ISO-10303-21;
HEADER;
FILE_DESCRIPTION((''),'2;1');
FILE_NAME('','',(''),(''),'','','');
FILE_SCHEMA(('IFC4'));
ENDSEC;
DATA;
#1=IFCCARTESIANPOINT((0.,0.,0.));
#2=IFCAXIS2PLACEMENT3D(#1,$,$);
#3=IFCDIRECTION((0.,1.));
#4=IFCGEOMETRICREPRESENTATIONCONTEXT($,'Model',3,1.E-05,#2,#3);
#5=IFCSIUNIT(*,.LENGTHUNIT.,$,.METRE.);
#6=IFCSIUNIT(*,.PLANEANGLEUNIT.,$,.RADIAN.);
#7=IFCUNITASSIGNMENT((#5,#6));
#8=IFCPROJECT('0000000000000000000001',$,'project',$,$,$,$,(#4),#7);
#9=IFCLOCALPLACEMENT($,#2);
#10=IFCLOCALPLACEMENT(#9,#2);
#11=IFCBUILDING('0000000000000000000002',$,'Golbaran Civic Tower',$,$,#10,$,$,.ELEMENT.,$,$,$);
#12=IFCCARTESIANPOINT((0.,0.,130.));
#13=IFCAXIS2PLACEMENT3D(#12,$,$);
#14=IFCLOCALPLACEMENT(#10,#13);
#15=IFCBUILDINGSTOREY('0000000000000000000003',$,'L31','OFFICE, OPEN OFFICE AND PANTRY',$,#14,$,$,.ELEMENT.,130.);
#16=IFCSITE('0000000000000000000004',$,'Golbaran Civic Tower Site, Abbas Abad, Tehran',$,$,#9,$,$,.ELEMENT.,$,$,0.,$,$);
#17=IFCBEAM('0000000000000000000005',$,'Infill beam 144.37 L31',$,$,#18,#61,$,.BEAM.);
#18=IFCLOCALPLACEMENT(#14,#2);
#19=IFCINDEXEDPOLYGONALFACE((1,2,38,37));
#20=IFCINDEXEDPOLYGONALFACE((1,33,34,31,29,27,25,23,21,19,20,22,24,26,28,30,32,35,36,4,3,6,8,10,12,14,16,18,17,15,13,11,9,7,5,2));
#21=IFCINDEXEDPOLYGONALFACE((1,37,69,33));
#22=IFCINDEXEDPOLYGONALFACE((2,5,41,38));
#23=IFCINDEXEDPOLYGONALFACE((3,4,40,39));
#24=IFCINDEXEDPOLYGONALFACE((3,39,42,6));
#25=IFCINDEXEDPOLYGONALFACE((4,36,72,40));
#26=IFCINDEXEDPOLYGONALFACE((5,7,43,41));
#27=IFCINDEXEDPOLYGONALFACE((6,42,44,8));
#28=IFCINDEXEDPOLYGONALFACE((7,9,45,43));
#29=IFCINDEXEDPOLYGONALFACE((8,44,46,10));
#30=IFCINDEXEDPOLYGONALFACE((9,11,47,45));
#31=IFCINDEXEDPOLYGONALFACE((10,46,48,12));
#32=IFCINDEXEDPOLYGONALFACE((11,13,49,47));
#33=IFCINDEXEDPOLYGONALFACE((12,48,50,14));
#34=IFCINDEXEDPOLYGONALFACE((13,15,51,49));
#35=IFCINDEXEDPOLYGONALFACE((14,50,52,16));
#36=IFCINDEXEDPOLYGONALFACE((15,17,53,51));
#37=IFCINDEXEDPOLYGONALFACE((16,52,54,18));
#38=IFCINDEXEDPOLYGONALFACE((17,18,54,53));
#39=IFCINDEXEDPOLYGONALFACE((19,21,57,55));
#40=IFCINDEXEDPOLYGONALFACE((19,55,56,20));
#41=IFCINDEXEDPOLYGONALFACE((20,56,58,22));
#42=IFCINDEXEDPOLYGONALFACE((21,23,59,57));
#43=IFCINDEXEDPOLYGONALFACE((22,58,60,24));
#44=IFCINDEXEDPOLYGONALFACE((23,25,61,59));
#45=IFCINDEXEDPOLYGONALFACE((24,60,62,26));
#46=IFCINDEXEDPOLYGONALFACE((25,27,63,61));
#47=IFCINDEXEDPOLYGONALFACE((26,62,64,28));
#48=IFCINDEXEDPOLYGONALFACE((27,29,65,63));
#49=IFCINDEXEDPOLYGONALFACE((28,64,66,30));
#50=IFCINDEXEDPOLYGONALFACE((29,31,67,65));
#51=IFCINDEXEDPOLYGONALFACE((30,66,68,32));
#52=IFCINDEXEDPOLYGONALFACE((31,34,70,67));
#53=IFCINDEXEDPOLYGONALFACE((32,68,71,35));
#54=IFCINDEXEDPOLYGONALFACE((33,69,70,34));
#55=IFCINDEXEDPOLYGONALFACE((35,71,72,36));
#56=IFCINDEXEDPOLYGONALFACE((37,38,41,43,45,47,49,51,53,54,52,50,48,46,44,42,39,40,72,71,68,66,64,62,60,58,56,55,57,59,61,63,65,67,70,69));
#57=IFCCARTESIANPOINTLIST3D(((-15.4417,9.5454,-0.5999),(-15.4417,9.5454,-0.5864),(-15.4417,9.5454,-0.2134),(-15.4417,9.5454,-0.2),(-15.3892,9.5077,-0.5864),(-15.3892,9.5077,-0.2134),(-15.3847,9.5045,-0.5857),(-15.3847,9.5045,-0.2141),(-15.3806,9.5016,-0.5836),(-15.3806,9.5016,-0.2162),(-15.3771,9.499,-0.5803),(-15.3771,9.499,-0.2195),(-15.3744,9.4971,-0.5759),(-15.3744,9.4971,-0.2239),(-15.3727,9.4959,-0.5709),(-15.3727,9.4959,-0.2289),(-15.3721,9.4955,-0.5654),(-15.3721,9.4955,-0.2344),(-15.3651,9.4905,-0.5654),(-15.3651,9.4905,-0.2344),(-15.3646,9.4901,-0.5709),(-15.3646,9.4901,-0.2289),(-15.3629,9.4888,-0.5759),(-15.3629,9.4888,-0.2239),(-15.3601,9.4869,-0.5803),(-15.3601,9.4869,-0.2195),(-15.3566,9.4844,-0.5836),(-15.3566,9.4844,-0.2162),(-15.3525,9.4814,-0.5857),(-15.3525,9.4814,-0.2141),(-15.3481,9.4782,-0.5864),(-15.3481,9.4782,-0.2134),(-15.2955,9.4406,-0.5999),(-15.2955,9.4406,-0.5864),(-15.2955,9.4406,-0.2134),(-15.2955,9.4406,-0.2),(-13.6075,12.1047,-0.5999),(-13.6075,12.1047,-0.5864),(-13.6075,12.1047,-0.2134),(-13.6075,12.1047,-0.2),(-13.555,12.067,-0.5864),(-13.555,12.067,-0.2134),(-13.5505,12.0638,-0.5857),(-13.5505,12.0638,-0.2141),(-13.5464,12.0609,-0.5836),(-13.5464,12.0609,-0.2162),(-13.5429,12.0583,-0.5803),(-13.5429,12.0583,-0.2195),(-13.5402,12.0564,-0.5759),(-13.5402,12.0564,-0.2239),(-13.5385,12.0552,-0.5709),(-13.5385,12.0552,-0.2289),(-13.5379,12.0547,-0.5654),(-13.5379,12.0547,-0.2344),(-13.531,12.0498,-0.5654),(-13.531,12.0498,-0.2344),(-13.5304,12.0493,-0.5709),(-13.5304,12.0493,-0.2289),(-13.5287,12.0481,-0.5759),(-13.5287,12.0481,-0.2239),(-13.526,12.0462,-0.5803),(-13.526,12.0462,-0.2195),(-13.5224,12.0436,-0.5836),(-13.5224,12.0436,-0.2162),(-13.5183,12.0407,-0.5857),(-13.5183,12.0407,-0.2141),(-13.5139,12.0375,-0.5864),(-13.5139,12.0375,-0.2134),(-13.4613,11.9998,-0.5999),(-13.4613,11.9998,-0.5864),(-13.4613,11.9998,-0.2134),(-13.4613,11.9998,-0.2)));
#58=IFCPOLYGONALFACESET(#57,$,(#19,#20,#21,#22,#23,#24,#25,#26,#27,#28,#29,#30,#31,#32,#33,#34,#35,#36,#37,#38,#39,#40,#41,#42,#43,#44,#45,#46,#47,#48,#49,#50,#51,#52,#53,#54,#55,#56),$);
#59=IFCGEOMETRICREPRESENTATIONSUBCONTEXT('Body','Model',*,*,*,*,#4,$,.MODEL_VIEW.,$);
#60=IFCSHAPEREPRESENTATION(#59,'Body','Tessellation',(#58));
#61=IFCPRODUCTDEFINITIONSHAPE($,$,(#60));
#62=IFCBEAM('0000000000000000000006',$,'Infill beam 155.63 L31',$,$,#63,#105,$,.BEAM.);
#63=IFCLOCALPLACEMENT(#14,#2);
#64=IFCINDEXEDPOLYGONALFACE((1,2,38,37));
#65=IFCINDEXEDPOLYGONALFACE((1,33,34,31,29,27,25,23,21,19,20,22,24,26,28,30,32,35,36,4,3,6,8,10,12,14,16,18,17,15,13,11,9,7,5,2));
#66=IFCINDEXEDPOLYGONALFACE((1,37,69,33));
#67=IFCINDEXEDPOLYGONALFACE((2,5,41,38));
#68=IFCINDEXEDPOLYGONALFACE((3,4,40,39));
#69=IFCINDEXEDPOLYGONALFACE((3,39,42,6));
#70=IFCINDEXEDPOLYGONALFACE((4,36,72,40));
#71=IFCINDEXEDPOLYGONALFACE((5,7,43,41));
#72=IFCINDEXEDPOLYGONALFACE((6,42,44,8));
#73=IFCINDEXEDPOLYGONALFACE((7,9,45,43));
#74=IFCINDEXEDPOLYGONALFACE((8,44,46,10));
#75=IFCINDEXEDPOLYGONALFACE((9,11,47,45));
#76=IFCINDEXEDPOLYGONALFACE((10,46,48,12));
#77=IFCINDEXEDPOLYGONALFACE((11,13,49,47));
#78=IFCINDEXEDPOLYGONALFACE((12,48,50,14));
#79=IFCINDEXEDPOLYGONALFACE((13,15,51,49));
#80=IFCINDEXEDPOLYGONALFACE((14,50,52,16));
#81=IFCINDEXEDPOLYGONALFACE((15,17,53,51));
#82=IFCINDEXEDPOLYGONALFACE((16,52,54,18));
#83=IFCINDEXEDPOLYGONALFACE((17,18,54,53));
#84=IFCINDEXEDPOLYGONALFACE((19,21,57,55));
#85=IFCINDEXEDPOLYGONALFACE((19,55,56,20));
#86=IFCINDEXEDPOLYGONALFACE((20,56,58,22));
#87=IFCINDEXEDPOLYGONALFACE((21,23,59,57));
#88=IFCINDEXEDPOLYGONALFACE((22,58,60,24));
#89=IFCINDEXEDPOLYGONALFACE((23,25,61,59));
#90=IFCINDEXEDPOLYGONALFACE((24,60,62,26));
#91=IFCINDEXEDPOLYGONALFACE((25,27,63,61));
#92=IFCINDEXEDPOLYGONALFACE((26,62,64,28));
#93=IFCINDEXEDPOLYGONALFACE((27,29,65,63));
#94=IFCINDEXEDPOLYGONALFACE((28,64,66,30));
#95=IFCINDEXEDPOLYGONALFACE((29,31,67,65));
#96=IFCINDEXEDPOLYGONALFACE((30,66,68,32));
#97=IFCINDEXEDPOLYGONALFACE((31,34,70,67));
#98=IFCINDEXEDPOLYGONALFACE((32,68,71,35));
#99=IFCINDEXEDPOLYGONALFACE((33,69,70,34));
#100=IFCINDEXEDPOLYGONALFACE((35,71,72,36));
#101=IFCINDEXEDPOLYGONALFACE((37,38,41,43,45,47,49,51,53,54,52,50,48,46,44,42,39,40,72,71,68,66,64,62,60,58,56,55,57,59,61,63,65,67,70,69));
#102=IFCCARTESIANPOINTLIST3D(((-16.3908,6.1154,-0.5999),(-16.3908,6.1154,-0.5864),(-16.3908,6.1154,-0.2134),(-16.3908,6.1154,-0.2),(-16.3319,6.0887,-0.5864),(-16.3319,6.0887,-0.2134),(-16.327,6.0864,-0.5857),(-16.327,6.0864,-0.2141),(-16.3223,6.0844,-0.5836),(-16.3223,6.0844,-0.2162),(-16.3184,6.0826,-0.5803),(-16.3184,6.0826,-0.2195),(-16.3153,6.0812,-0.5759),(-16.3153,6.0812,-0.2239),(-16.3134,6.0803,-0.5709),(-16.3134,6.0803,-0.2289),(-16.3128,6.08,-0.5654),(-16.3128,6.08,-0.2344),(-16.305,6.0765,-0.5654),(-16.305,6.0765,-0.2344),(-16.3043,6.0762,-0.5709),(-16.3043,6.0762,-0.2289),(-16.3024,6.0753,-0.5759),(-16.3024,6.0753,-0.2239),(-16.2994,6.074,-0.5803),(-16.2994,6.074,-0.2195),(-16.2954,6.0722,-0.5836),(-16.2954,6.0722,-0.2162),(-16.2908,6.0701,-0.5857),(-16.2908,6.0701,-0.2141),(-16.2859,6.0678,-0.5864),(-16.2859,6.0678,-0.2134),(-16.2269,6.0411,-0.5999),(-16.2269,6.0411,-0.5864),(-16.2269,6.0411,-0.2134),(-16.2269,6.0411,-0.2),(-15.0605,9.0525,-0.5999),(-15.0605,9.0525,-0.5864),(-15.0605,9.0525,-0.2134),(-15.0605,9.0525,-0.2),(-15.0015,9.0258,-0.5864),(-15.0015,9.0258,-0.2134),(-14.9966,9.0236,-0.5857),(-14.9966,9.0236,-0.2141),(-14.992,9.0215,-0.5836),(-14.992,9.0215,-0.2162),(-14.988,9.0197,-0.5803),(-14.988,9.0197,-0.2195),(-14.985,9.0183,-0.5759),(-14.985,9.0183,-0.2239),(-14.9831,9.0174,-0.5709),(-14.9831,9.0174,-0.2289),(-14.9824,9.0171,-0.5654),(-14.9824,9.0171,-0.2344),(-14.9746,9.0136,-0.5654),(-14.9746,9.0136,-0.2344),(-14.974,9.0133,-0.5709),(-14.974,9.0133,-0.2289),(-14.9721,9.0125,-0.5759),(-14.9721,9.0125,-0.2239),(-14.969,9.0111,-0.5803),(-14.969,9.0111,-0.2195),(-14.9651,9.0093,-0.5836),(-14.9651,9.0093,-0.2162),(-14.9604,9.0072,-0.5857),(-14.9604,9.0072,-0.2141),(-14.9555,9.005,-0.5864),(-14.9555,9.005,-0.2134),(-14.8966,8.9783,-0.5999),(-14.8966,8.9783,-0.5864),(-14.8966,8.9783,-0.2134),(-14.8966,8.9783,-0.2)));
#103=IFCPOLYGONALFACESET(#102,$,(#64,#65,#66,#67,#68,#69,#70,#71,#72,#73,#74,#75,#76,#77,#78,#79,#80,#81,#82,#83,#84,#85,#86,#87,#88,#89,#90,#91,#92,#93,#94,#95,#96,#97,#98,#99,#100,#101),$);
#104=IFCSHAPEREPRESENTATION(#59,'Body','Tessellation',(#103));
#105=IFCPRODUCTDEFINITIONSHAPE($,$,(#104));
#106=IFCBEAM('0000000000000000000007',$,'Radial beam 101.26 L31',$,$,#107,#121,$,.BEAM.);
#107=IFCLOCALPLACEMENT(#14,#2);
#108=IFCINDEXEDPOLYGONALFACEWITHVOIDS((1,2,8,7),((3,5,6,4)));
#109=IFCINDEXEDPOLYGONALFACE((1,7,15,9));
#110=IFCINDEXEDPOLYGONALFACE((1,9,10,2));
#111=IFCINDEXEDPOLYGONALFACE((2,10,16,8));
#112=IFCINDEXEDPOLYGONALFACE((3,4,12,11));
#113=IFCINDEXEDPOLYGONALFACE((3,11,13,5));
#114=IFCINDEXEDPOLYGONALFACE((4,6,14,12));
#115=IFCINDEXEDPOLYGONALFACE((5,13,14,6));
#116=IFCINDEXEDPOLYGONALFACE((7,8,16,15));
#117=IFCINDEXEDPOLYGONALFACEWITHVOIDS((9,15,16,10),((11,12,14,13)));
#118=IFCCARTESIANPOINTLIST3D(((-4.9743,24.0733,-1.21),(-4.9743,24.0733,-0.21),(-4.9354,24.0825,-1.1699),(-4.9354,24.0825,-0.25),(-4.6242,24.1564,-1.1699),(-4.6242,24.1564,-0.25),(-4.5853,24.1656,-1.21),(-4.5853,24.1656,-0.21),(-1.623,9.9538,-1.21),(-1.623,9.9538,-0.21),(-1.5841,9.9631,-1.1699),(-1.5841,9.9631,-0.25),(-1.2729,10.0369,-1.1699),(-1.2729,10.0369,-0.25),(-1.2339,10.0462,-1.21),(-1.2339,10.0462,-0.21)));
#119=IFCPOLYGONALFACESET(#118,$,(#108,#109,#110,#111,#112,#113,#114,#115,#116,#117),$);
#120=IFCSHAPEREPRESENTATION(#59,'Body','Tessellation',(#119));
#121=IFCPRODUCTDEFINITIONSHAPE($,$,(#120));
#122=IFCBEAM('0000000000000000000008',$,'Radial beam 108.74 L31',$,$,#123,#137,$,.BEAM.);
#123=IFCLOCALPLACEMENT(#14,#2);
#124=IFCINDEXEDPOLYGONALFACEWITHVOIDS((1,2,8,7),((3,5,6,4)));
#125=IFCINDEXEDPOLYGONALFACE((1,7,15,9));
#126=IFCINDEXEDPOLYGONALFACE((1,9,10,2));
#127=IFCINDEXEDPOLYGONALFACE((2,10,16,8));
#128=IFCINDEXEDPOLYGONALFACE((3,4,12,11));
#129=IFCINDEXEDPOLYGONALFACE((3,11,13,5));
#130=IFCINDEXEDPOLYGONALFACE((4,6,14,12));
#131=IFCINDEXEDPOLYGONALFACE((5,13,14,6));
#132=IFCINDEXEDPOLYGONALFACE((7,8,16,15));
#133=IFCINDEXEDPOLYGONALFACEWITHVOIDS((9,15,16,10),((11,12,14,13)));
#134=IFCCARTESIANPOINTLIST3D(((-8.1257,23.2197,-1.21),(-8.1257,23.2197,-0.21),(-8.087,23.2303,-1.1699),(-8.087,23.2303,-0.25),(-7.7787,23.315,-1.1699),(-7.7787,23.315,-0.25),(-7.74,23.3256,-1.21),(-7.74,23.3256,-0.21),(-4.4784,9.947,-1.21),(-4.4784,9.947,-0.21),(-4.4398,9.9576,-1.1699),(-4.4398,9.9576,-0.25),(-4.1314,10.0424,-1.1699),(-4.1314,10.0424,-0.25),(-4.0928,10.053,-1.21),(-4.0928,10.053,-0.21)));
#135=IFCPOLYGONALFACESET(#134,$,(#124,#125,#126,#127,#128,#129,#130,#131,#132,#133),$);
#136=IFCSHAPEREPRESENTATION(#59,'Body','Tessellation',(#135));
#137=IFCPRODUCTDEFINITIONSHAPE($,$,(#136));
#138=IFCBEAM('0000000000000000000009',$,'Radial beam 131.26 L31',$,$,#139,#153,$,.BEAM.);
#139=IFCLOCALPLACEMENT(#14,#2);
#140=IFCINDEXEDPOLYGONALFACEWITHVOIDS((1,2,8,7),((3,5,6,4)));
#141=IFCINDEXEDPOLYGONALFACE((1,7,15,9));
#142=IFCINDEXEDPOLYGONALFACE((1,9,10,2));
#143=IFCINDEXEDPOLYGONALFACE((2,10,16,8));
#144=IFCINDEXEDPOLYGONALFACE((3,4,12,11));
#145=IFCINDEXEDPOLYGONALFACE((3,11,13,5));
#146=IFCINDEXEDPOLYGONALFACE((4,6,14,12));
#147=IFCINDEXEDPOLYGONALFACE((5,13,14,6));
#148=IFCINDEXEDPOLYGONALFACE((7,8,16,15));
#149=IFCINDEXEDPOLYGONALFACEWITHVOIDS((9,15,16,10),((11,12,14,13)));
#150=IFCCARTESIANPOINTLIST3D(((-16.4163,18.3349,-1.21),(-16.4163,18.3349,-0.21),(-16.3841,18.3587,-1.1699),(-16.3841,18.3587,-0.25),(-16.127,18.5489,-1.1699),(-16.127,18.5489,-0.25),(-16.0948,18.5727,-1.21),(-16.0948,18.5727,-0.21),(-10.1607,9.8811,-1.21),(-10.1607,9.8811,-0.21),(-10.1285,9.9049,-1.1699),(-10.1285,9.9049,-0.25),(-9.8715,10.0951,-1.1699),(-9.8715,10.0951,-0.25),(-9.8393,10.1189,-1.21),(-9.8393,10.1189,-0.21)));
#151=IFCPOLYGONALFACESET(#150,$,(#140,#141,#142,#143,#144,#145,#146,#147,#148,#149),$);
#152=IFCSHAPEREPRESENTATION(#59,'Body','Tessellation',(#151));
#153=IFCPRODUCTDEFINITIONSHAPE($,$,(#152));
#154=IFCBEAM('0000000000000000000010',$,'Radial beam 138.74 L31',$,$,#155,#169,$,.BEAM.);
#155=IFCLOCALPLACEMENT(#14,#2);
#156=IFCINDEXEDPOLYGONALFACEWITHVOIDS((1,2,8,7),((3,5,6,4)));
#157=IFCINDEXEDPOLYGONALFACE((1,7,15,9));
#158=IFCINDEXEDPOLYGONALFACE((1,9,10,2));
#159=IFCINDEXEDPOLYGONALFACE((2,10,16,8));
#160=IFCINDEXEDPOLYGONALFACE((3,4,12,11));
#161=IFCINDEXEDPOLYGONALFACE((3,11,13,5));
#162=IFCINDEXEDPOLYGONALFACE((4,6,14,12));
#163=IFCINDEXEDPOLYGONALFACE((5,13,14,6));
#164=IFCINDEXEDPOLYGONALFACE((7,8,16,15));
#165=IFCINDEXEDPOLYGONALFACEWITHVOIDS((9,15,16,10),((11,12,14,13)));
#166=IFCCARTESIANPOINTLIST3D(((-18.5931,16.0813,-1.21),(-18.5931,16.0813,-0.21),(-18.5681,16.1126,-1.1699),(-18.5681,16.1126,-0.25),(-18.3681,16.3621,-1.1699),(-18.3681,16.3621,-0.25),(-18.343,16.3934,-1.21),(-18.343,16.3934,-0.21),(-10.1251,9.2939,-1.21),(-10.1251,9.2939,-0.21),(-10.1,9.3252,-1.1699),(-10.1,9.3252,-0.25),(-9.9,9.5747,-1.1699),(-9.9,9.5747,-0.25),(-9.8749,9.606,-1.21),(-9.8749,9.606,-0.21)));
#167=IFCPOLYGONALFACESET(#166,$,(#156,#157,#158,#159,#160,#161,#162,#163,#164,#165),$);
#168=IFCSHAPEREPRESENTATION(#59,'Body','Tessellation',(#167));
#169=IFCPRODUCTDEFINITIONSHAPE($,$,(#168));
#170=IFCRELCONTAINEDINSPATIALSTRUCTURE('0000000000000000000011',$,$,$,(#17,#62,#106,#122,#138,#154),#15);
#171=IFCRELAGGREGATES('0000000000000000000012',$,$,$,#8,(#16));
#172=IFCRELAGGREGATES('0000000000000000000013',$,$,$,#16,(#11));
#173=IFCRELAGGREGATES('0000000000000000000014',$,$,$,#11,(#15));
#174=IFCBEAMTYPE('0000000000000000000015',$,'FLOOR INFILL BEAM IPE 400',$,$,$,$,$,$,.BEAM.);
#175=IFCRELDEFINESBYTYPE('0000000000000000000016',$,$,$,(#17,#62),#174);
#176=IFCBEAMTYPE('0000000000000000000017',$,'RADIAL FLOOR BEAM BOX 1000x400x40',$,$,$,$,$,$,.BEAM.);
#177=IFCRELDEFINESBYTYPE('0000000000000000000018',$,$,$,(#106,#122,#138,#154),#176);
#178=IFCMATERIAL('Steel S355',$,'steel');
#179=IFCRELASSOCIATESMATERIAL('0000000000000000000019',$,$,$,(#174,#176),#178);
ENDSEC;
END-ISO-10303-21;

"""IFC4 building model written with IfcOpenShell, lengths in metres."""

from ifc_helpers import new_model, si_unit, direction, frame, origin, origin_2d, place, context, subcontext, project, spatial, hollow_rectangle, i_section, extrude, material, material_profile, profile_set, type_object, element, save


model = new_model("IFC4")

# Units and contexts
model_context = context("Model", 3, precision=1e-05, world=origin(), true_north=direction((0.0, 1.0)))
body_context = subcontext(model_context, "Body", "Model", "MODEL_VIEW")
ifc_project = project(units=[si_unit("LENGTHUNIT", "METRE"), si_unit("PLANEANGLEUNIT", "RADIAN")], contexts=[model_context])

# Site, building, storey
site_placement = place(None, origin())
site = spatial("IfcSite", under=ifc_project, at=site_placement, Name="Golbaran Civic Tower Site, Abbas Abad, Tehran", CompositionType="ELEMENT", RefElevation=0.0)
building_placement = place(site_placement, origin())
building = spatial("IfcBuilding", under=site, at=building_placement, Name="Golbaran Civic Tower", CompositionType="ELEMENT")
storey_placement = place(building_placement, frame((0.0, 0.0, 130.0)))
storey = spatial("IfcBuildingStorey", under=building, at=storey_placement, Name="L31", Description="OFFICE, OPEN OFFICE AND PANTRY", CompositionType="ELEMENT", Elevation=130.0)

# Beams
ifc_material_1 = material(Name="Steel S355", Category="steel")
ifc_material_profile_1 = material_profile(ifc_material_1, i_section(OverallWidth=0.1799, OverallDepth=0.3999, WebThickness=0.0085, FlangeThickness=0.0134, FilletRadius=0.021, at=origin_2d()), Name="IPE 400")
ifc_profile_set_1 = profile_set([ifc_material_profile_1], Name="Steel S355")
beam_type_1 = type_object("IfcBeamType", Name="FLOOR INFILL BEAM IPE 400", PredefinedType="BEAM", material=ifc_profile_set_1)
beam_1_placement = place(storey_placement, frame((-13.5344, 12.0522, -0.3999), z_axis=(-0.582528, -0.81281, 0.0), x_axis=(0.81281, -0.582528, 0.0)))
element("IfcBeam", 1, at=beam_1_placement, inside=storey, type_object=beam_type_1, Name="Infill beam 144.37 L31", PredefinedType="BEAM", context=body_context, shape_type="SweptSolid", body=[
    extrude(i_section(OverallWidth=0.1799, OverallDepth=0.3999, WebThickness=0.0085, FlangeThickness=0.0134, FilletRadius=0.021, at=origin_2d()), origin(), (0.0, 0.0, 1.0), 3.1487),
])
beam_2_placement = place(storey_placement, frame((-14.9785, 9.0154, -0.3999), z_axis=(-0.412599, -0.910913, 0.0), x_axis=(0.910913, -0.412599, 0.0)))
element("IfcBeam", 2, at=beam_2_placement, inside=storey, type_object=beam_type_1, Name="Infill beam 155.63 L31", PredefinedType="BEAM", context=body_context, shape_type="SweptSolid", body=[
    extrude(i_section(OverallWidth=0.1799, OverallDepth=0.3999, WebThickness=0.0085, FlangeThickness=0.0134, FilletRadius=0.021, at=origin_2d()), origin(), (0.0, 0.0, 1.0), 3.2244),
])
ifc_material_profile_2 = material_profile(ifc_material_1, hollow_rectangle(XDim=0.3999, YDim=1.0, WallThickness=0.04, at=origin_2d()), Name="BOX 1000x400x40")
ifc_profile_set_2 = profile_set([ifc_material_profile_2], Name="Steel S355")
beam_type_2 = type_object("IfcBeamType", Name="RADIAL FLOOR BEAM BOX 1000x400x40", PredefinedType="BEAM", material=ifc_profile_set_2)
beam_3_placement = place(storey_placement, frame((-1.4285, 10.0, -0.71), z_axis=(-0.23094, 0.972968, 0.0), x_axis=(-0.972968, -0.23094, 0.0)))
element("IfcBeam", 3, at=beam_3_placement, inside=storey, type_object=beam_type_2, Name="Radial beam 101.26 L31", PredefinedType="BEAM", context=body_context, shape_type="SweptSolid", body=[
    extrude(hollow_rectangle(XDim=0.3999, YDim=1.0, WallThickness=0.04, at=origin_2d()), origin(), (0.0, 0.0, 1.0), 14.5117),
])
beam_4_placement = place(storey_placement, frame((-4.2856, 10.0, -0.71), z_axis=(-0.264969, 0.964257, 0.0), x_axis=(-0.964257, -0.264969, 0.0)))
element("IfcBeam", 4, at=beam_4_placement, inside=storey, type_object=beam_type_2, Name="Radial beam 108.74 L31", PredefinedType="BEAM", context=body_context, shape_type="SweptSolid", body=[
    extrude(hollow_rectangle(XDim=0.3999, YDim=1.0, WallThickness=0.04, at=origin_2d()), origin(), (0.0, 0.0, 1.0), 13.7646),
])
beam_5_placement = place(storey_placement, frame((-10.0, 10.0, -0.71), z_axis=(-0.594828, 0.803853, 0.0), x_axis=(-0.803853, -0.594828, 0.0)))
element("IfcBeam", 5, at=beam_5_placement, inside=storey, type_object=beam_type_2, Name="Radial beam 131.26 L31", PredefinedType="BEAM", context=body_context, shape_type="SweptSolid", body=[
    extrude(hollow_rectangle(XDim=0.3999, YDim=1.0, WallThickness=0.04, at=origin_2d()), origin(), (0.0, 0.0, 1.0), 10.5166),
])
beam_6_placement = place(storey_placement, frame((-10.0, 9.45, -0.71), z_axis=(-0.780287, 0.625422, 0.0), x_axis=(-0.625422, -0.780287, 0.0)))
element("IfcBeam", 6, at=beam_6_placement, inside=storey, type_object=beam_type_2, Name="Radial beam 138.74 L31", PredefinedType="BEAM", context=body_context, shape_type="SweptSolid", body=[
    extrude(hollow_rectangle(XDim=0.3999, YDim=1.0, WallThickness=0.04, at=origin_2d()), origin(), (0.0, 0.0, 1.0), 10.8525),
])

save(model, "model.ifc")
